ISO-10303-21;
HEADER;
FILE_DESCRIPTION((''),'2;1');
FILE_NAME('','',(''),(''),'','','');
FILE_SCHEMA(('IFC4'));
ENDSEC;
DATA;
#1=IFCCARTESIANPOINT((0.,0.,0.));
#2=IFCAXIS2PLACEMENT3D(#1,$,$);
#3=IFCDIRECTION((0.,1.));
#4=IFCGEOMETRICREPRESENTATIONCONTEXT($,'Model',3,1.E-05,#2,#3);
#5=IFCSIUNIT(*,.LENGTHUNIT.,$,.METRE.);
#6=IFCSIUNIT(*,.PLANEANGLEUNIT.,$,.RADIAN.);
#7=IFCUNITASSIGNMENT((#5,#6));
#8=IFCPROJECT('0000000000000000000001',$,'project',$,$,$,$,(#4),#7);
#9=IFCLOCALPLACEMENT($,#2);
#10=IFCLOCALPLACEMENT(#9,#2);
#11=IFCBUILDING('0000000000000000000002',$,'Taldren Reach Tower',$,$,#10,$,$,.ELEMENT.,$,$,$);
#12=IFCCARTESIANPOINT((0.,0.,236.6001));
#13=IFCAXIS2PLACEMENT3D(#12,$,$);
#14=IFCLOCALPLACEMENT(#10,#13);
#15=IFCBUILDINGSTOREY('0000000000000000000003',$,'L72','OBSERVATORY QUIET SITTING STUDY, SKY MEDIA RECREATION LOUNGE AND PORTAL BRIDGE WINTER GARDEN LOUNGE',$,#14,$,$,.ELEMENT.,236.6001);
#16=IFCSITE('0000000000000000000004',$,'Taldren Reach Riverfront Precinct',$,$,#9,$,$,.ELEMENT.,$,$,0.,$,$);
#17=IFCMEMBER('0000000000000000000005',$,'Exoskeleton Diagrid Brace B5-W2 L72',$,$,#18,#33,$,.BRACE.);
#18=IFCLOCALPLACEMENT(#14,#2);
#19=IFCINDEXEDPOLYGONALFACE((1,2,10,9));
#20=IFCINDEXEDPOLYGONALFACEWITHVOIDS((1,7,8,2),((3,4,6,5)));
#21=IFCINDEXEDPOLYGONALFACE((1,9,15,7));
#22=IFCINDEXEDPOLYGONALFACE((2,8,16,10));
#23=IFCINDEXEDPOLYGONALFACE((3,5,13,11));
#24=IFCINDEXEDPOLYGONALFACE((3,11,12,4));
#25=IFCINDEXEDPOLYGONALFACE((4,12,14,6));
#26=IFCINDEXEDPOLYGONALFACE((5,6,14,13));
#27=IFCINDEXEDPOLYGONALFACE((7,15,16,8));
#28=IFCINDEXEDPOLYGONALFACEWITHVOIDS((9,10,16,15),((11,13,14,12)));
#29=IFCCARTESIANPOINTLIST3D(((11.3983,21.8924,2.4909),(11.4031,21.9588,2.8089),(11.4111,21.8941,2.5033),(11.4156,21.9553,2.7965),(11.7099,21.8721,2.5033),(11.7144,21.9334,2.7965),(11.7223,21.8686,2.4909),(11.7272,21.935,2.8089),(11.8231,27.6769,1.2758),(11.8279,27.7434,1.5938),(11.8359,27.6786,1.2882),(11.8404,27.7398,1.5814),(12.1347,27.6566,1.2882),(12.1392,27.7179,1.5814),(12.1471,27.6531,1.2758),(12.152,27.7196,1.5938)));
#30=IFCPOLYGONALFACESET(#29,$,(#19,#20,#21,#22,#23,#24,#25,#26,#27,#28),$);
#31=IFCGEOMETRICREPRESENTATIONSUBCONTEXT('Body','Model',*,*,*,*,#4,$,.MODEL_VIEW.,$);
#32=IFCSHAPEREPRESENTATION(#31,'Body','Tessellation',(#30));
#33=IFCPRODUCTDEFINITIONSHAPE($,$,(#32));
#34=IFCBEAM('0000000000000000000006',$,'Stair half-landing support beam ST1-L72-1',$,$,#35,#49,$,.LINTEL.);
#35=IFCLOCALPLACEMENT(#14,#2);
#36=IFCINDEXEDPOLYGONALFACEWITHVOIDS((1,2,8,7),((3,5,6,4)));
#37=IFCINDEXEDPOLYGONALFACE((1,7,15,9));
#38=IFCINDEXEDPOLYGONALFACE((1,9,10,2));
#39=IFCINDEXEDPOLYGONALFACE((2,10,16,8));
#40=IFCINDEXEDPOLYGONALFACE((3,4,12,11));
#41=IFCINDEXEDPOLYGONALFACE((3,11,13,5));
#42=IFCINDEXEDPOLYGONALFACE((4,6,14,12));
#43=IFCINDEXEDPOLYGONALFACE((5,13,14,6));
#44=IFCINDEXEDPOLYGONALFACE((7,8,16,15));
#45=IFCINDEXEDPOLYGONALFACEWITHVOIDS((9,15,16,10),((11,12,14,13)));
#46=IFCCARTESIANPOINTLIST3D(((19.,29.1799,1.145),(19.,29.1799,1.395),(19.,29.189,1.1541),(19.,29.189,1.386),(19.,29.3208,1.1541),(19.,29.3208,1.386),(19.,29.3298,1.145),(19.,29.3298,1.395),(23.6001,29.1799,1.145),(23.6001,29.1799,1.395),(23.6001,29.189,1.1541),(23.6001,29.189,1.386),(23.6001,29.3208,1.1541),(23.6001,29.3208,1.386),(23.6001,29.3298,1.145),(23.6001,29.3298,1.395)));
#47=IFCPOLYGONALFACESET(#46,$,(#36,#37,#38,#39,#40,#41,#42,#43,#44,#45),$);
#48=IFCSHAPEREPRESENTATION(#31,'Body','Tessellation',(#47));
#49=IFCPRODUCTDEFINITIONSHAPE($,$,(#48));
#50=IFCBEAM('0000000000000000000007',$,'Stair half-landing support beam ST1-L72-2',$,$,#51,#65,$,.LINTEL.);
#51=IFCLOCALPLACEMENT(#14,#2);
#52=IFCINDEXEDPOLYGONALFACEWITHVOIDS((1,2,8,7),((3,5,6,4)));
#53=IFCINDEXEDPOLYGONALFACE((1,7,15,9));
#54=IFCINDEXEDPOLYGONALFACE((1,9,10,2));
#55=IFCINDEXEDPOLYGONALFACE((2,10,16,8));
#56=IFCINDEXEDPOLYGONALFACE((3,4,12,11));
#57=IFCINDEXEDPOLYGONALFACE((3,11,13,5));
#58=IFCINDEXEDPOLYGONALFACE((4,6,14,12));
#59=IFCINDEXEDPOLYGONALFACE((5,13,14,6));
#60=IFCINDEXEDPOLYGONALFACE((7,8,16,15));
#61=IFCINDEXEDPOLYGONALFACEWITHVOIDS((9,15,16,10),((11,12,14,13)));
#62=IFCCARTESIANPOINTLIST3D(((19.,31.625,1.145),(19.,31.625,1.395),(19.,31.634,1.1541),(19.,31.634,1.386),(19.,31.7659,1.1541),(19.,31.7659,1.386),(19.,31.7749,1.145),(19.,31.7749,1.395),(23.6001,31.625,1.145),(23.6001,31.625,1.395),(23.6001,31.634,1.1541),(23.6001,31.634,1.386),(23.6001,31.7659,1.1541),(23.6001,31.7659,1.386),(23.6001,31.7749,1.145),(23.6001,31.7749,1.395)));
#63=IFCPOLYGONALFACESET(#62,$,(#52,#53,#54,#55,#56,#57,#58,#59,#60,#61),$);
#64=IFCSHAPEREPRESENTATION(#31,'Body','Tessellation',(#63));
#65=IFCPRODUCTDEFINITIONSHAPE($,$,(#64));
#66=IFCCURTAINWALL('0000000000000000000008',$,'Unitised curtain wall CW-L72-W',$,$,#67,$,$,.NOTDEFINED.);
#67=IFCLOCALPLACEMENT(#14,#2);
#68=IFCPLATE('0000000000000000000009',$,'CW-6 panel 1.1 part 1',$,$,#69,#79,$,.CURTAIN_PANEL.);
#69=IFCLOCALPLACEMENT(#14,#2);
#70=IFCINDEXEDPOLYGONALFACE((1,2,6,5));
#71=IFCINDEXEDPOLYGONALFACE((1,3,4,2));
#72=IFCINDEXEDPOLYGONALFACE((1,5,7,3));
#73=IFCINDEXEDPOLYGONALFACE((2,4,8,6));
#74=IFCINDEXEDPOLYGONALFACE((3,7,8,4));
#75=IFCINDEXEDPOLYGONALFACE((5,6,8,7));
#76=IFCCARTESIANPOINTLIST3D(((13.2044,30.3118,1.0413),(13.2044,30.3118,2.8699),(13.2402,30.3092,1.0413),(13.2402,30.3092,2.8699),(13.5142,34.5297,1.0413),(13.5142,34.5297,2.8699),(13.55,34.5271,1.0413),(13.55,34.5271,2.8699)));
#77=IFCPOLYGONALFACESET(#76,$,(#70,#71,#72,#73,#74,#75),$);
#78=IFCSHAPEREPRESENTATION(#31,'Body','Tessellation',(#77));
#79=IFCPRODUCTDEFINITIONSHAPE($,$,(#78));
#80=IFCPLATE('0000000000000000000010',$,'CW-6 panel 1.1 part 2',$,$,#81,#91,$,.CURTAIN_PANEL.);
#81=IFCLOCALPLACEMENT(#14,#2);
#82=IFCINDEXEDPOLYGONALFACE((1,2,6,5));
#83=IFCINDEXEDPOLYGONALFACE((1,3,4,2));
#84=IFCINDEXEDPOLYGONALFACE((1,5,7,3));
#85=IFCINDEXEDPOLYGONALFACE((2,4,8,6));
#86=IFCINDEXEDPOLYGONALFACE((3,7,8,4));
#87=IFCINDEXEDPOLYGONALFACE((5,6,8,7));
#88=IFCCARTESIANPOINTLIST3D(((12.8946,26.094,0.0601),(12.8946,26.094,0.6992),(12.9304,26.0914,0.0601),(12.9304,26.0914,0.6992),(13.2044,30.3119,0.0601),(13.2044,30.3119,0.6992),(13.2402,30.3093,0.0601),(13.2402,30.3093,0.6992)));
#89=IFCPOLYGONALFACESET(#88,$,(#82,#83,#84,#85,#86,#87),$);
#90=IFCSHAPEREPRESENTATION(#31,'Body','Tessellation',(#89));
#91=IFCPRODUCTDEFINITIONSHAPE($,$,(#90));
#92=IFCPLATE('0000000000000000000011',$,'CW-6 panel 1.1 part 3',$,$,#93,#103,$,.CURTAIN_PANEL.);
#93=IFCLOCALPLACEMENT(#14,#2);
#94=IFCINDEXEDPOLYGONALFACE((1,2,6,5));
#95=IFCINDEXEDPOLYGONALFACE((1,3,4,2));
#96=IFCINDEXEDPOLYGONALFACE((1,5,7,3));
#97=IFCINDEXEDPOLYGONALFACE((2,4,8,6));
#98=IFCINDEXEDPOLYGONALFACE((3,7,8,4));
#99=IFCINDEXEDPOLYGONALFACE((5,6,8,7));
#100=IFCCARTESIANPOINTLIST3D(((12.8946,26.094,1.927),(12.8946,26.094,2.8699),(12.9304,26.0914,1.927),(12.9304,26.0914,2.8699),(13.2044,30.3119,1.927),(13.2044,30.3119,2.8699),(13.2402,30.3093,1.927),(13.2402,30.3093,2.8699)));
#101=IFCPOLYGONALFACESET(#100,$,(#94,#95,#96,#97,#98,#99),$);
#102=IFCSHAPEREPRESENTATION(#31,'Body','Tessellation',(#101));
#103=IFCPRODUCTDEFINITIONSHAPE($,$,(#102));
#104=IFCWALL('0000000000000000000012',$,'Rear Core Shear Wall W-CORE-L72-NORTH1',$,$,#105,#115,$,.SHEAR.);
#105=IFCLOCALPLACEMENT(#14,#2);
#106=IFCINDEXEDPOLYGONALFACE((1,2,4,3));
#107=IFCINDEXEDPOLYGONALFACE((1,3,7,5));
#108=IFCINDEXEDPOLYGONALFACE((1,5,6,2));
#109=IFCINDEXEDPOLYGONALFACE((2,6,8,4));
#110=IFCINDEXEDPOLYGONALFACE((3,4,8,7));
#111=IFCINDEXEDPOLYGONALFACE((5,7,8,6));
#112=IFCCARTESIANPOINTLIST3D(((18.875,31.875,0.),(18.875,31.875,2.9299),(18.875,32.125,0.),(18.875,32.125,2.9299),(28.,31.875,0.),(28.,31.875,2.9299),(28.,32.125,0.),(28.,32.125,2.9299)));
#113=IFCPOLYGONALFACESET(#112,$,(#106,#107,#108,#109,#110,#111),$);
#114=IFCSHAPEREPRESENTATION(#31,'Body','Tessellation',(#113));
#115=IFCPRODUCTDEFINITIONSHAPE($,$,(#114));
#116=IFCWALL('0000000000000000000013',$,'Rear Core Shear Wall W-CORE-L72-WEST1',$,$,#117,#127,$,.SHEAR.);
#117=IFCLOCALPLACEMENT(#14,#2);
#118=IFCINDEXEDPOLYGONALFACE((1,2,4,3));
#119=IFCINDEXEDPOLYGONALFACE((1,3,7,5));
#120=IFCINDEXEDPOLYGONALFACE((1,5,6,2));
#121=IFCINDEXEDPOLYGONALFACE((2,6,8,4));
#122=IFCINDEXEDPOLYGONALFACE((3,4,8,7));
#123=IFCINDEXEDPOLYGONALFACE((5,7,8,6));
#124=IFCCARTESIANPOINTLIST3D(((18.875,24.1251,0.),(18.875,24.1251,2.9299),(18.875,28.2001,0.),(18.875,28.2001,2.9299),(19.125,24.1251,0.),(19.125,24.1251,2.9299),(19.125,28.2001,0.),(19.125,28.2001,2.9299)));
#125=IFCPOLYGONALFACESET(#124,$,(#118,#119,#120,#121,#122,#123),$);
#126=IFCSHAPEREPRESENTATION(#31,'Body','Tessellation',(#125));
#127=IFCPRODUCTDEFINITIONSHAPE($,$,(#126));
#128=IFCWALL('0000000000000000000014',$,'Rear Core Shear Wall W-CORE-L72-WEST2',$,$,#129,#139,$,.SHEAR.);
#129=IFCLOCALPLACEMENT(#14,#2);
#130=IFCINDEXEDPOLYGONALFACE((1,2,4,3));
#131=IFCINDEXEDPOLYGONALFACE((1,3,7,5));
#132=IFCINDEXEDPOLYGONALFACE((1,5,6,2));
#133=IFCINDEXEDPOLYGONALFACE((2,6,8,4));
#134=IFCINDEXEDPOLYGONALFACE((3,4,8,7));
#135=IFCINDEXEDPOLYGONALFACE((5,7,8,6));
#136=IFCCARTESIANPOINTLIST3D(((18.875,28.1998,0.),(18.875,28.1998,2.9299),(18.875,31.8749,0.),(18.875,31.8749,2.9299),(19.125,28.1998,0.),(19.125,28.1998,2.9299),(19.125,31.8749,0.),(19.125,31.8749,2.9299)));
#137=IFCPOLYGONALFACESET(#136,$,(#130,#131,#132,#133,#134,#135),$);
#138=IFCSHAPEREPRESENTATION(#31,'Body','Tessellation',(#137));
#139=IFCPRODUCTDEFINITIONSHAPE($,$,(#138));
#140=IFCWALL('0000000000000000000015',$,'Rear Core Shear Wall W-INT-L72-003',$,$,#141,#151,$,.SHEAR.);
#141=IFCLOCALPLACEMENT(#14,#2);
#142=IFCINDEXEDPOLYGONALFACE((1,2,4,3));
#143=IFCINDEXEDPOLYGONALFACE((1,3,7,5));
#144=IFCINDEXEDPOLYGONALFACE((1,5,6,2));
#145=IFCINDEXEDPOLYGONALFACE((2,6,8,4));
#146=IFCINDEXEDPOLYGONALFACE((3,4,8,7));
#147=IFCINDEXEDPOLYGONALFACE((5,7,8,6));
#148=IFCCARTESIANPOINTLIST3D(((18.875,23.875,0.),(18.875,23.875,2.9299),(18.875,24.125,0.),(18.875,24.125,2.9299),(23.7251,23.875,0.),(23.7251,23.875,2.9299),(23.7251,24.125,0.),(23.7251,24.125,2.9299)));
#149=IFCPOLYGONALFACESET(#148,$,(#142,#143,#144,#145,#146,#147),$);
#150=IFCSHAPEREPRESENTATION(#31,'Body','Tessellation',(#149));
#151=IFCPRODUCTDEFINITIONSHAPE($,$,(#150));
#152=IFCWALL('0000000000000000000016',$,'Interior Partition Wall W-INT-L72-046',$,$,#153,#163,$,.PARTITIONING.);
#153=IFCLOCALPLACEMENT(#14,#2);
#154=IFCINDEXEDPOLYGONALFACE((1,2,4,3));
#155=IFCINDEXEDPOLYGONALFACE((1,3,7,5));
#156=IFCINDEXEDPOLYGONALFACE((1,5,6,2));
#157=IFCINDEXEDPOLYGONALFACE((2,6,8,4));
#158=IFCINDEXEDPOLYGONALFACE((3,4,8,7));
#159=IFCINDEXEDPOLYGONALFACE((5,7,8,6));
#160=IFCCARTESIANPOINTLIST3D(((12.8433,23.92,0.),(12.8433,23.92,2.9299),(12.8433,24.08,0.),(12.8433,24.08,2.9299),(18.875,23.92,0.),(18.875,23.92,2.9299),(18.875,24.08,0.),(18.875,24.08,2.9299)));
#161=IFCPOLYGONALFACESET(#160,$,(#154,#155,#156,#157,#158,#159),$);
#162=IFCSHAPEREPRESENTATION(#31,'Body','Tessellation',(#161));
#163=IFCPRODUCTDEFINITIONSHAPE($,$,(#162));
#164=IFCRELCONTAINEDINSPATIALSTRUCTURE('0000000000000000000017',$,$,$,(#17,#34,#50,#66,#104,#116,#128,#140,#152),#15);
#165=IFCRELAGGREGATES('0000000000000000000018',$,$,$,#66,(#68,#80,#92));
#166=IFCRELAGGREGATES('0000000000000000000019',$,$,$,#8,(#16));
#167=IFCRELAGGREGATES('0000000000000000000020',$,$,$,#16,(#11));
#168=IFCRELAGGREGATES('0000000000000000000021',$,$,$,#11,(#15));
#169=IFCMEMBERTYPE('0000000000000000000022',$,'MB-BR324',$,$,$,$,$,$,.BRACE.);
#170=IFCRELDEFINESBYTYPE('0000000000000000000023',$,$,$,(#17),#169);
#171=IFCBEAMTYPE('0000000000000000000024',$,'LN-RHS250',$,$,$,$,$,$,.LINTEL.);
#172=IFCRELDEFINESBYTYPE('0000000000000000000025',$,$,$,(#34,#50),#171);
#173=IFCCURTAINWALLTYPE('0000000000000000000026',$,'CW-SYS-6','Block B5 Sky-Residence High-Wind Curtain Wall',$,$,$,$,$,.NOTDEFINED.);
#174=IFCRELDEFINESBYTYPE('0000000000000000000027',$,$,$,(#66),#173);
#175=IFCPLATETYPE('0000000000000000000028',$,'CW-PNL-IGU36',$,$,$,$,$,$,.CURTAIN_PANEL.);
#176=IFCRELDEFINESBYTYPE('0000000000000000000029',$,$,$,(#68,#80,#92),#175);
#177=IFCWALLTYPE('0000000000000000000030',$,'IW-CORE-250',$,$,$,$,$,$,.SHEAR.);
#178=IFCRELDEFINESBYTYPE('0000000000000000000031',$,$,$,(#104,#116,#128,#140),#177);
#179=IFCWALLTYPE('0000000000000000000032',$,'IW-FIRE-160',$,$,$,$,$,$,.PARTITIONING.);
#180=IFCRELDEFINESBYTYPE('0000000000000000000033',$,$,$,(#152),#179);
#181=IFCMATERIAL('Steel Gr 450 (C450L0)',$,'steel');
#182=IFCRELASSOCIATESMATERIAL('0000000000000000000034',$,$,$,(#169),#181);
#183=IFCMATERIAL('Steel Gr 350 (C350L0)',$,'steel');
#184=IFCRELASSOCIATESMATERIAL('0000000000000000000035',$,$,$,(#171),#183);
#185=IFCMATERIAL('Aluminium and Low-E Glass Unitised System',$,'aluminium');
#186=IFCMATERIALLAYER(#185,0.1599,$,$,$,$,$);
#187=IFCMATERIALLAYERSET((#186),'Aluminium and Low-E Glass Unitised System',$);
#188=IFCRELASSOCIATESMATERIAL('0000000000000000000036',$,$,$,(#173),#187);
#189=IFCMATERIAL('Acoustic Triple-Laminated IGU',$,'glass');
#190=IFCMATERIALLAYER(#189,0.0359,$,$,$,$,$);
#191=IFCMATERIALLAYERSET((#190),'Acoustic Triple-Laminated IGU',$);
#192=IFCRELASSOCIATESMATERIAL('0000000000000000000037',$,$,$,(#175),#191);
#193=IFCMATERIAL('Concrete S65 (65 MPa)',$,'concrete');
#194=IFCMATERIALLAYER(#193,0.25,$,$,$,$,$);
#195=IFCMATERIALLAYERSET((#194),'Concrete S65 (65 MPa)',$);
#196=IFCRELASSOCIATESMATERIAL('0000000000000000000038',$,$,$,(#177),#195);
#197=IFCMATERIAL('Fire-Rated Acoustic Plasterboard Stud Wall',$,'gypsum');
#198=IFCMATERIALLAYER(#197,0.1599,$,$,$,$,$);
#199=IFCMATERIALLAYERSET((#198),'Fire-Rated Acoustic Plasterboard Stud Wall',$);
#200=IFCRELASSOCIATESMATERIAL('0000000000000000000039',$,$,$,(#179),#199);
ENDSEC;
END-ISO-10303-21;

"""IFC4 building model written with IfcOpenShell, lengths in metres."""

from ifc_helpers import new_model, si_unit, direction, frame, frame_2d, origin, origin_2d, place, context, subcontext, project, spatial, rectangle, hollow_rectangle, extrude, source, transform, mapped, material, layer, layer_set, material_profile, profile_set, type_object, element, aggregate, save


model = new_model("IFC4")

# Units and contexts
model_context = context("Model", 3, precision=1e-05, world=origin(), true_north=direction((0.0, 1.0)))
body_context = subcontext(model_context, "Body", "Model", "MODEL_VIEW")
ifc_project = project(units=[si_unit("LENGTHUNIT", "METRE"), si_unit("PLANEANGLEUNIT", "RADIAN")], contexts=[model_context])

# Site, building, storey
site_placement = place(None, origin())
site = spatial("IfcSite", under=ifc_project, at=site_placement, Name="Taldren Reach Riverfront Precinct", CompositionType="ELEMENT", RefElevation=0.0)
building_placement = place(site_placement, origin())
building = spatial("IfcBuilding", under=site, at=building_placement, Name="Taldren Reach Tower", CompositionType="ELEMENT")
storey_placement = place(building_placement, frame((0.0, 0.0, 236.6001)))
storey = spatial("IfcBuildingStorey", under=building, at=storey_placement, Name="L72", Description="OBSERVATORY QUIET SITTING STUDY, SKY MEDIA RECREATION LOUNGE AND PORTAL BRIDGE WINTER GARDEN LOUNGE", CompositionType="ELEMENT", Elevation=236.6001)

# Shared definitions
ifc_material_1 = material(Name="Steel Gr 450 (C450L0)", Category="steel")

# Member
ifc_material_profile_1 = material_profile(ifc_material_1, hollow_rectangle(XDim=0.325, YDim=0.325, WallThickness=0.0127, at=origin_2d()), Name="325x325x12.7SHS")
ifc_profile_set_1 = profile_set([ifc_material_profile_1], Name="Steel Gr 450 (C450L0)")
member_type = type_object("IfcMemberType", Name="MB-BR324", PredefinedType="BRACE", material=ifc_profile_set_1)
shared_shape_1 = source(origin(), body_context, "Body", "SweptSolid", [
    extrude(hollow_rectangle(XDim=0.325, YDim=0.325, WallThickness=0.0127, at=origin_2d()), origin(), (0.0, 0.0, 1.0), 5.926),
])
member_placement = place(storey_placement, frame((11.9875, 27.6982, 1.4348), z_axis=(-0.071686, -0.976123, 0.205046), x_axis=(0.997314, -0.073242, 0.0)))
element("IfcMember", 1, at=member_placement, inside=storey, type_object=member_type, Name="Exoskeleton Diagrid Brace B5-W2 L72", PredefinedType="BRACE", context=body_context, shape_type="MappedRepresentation", body=[
    mapped(shared_shape_1, transform((0.0, 0.0, 0.0), scale=1.0)),
])

# Beams
ifc_material_2 = material(Name="Steel Gr 350 (C350L0)", Category="steel")
ifc_material_profile_2 = material_profile(ifc_material_2, hollow_rectangle(XDim=0.1499, YDim=0.25, WallThickness=0.009, at=origin_2d()), Name="250x150x9.0RHS")
ifc_profile_set_2 = profile_set([ifc_material_profile_2], Name="Steel Gr 350 (C350L0)")
beam_type_1 = type_object("IfcBeamType", Name="LN-RHS250", PredefinedType="LINTEL", material=ifc_profile_set_2)
shared_shape_2 = source(origin(), body_context, "Body", "SweptSolid", [
    extrude(hollow_rectangle(XDim=0.1499, YDim=0.25, WallThickness=0.009, at=origin_2d()), origin(), (0.0, 0.0, 1.0), 4.6001),
])
for number, where, z_axis, x_axis, name in (
    (2, (19.0, 29.2549, 1.27), (1.0, 0.0, 0.0), (0.0, 1.0, 0.0), "Stair half-landing support beam ST1-L72-1"),
    (3, (19.0, 31.7, 1.27), (1.0, 0.0, 0.0), (0.0, 1.0, 0.0), "Stair half-landing support beam ST1-L72-2"),
):
    element("IfcBeam", number, at=place(storey_placement, frame(where, z_axis=z_axis, x_axis=x_axis)), inside=storey, type_object=beam_type_1, Name=name, PredefinedType="LINTEL", context=body_context, shape_type="MappedRepresentation", body=[
        mapped(shared_shape_2, transform((0.0, 0.0, 0.0), scale=1.0)),
    ])

# Curtain wall, plates
ifc_material_3 = material(Name="Aluminium and Low-E Glass Unitised System", Category="aluminium")
ifc_layer_1 = layer(ifc_material_3, 0.1599)
ifc_layer_set_1 = layer_set([ifc_layer_1], Name="Aluminium and Low-E Glass Unitised System")
curtain_wall_type = type_object("IfcCurtainWallType", Name="CW-SYS-6", Description="Block B5 Sky-Residence High-Wind Curtain Wall", PredefinedType="NOTDEFINED", material=ifc_layer_set_1)
curtain_wall_placement = place(storey_placement, origin())
curtain_wall = element("IfcCurtainWall", 4, at=curtain_wall_placement, inside=storey, type_object=curtain_wall_type, Name="Unitised curtain wall CW-L72-W", PredefinedType="NOTDEFINED")
ifc_material_4 = material(Name="Acoustic Triple-Laminated IGU", Category="glass")
ifc_layer_2 = layer(ifc_material_4, 0.0359)
ifc_layer_set_2 = layer_set([ifc_layer_2], Name="Acoustic Triple-Laminated IGU")
plate_type = type_object("IfcPlateType", Name="CW-PNL-IGU36", PredefinedType="CURTAIN_PANEL", material=ifc_layer_set_2)
shared_shape_3 = source(origin(), body_context, "Body", "SweptSolid", [
    extrude(rectangle(XDim=4.2292, YDim=0.0359, at=origin_2d()), origin(), (0.0, 0.0, 1.0), 1.8286),
])
plate_1_placement = place(storey_placement, frame((13.3772, 32.4194, 1.0413), z_axis=(0.0, 0.0, 1.0), x_axis=(-0.073238, -0.997314, 0.0)))
plate_1 = element("IfcPlate", 5, at=plate_1_placement, type_object=plate_type, Name="CW-6 panel 1.1 part 1", PredefinedType="CURTAIN_PANEL", context=body_context, shape_type="MappedRepresentation", body=[
    mapped(shared_shape_3, transform((0.0, 0.0, 0.0), scale=1.0)),
])
shared_shape_4 = source(origin(), body_context, "Body", "SweptSolid", [
    extrude(rectangle(XDim=4.2292, YDim=0.0359, at=origin_2d()), origin(), (0.0, 0.0, 1.0), 0.6392),
])
plate_2_placement = place(storey_placement, frame((13.0674, 28.2017, 0.0601), z_axis=(0.0, 0.0, 1.0), x_axis=(-0.073238, -0.997314, 0.0)))
plate_2 = element("IfcPlate", 6, at=plate_2_placement, type_object=plate_type, Name="CW-6 panel 1.1 part 2", PredefinedType="CURTAIN_PANEL", context=body_context, shape_type="MappedRepresentation", body=[
    mapped(shared_shape_4, transform((0.0, 0.0, 0.0), scale=1.0)),
])
shared_shape_5 = source(origin(), body_context, "Body", "SweptSolid", [
    extrude(rectangle(XDim=4.2292, YDim=0.0359, at=origin_2d()), origin(), (0.0, 0.0, 1.0), 0.9429),
])
plate_3_placement = place(storey_placement, frame((13.0674, 28.2017, 1.927), z_axis=(0.0, 0.0, 1.0), x_axis=(-0.073238, -0.997314, 0.0)))
plate_3 = element("IfcPlate", 7, at=plate_3_placement, type_object=plate_type, Name="CW-6 panel 1.1 part 3", PredefinedType="CURTAIN_PANEL", context=body_context, shape_type="MappedRepresentation", body=[
    mapped(shared_shape_5, transform((0.0, 0.0, 0.0), scale=1.0)),
])
aggregate(curtain_wall, [plate_1, plate_2, plate_3])

# Walls
ifc_material_5 = material(Name="Concrete S65 (65 MPa)", Category="concrete")
ifc_layer_3 = layer(ifc_material_5, 0.25)
ifc_layer_set_3 = layer_set([ifc_layer_3], Name="Concrete S65 (65 MPa)")
wall_type_1 = type_object("IfcWallType", Name="IW-CORE-250", PredefinedType="SHEAR", material=ifc_layer_set_3)
shared_shape_6 = source(origin(), body_context, "Body", "SweptSolid", [
    extrude(rectangle(XDim=9.125, YDim=0.25, at=frame_2d((4.5625, 0.0))), origin(), (0.0, 0.0, 1.0), 2.9299),
])
wall_1_placement = place(storey_placement, frame((18.875, 32.0, 0.0), z_axis=(0.0, 0.0, 1.0), x_axis=(1.0, 0.0, 0.0)))
element("IfcWall", 8, at=wall_1_placement, inside=storey, type_object=wall_type_1, Name="Rear Core Shear Wall W-CORE-L72-NORTH1", PredefinedType="SHEAR", context=body_context, shape_type="MappedRepresentation", body=[
    mapped(shared_shape_6, transform((0.0, 0.0, 0.0), scale=1.0)),
])
shared_shape_7 = source(origin(), body_context, "Body", "SweptSolid", [
    extrude(rectangle(XDim=4.075, YDim=0.25, at=frame_2d((2.0376, 0.0))), origin(), (0.0, 0.0, 1.0), 2.9299),
])
wall_2_placement = place(storey_placement, frame((19.0, 24.125, 0.0), z_axis=(0.0, 0.0, 1.0), x_axis=(0.0, 1.0, 0.0)))
element("IfcWall", 9, at=wall_2_placement, inside=storey, type_object=wall_type_1, Name="Rear Core Shear Wall W-CORE-L72-WEST1", PredefinedType="SHEAR", context=body_context, shape_type="MappedRepresentation", body=[
    mapped(shared_shape_7, transform((0.0, 0.0, 0.0), scale=1.0)),
])
shared_shape_8 = source(origin(), body_context, "Body", "SweptSolid", [
    extrude(rectangle(XDim=3.675, YDim=0.25, at=frame_2d((1.8374, 0.0))), origin(), (0.0, 0.0, 1.0), 2.9299),
])
wall_3_placement = place(storey_placement, frame((19.0, 28.2, 0.0), z_axis=(0.0, 0.0, 1.0), x_axis=(0.0, 1.0, 0.0)))
element("IfcWall", 10, at=wall_3_placement, inside=storey, type_object=wall_type_1, Name="Rear Core Shear Wall W-CORE-L72-WEST2", PredefinedType="SHEAR", context=body_context, shape_type="MappedRepresentation", body=[
    mapped(shared_shape_8, transform((0.0, 0.0, 0.0), scale=1.0)),
])
shared_shape_9 = source(origin(), body_context, "Body", "SweptSolid", [
    extrude(rectangle(XDim=4.8501, YDim=0.25, at=frame_2d((2.425, 0.0))), origin(), (0.0, 0.0, 1.0), 2.9299),
])
wall_4_placement = place(storey_placement, frame((18.875, 24.0, 0.0), z_axis=(0.0, 0.0, 1.0), x_axis=(1.0, 0.0, 0.0)))
element("IfcWall", 11, at=wall_4_placement, inside=storey, type_object=wall_type_1, Name="Rear Core Shear Wall W-INT-L72-003", PredefinedType="SHEAR", context=body_context, shape_type="MappedRepresentation", body=[
    mapped(shared_shape_9, transform((0.0, 0.0, 0.0), scale=1.0)),
])
ifc_material_6 = material(Name="Fire-Rated Acoustic Plasterboard Stud Wall", Category="gypsum")
ifc_layer_4 = layer(ifc_material_6, 0.1599)
ifc_layer_set_4 = layer_set([ifc_layer_4], Name="Fire-Rated Acoustic Plasterboard Stud Wall")
wall_type_2 = type_object("IfcWallType", Name="IW-FIRE-160", PredefinedType="PARTITIONING", material=ifc_layer_set_4)
shared_shape_10 = source(origin(), body_context, "Body", "SweptSolid", [
    extrude(rectangle(XDim=6.0317, YDim=0.1599, at=frame_2d((3.0159, 0.0))), origin(), (0.0, 0.0, 1.0), 2.9299),
])
wall_5_placement = place(storey_placement, frame((12.8433, 24.0, 0.0), z_axis=(0.0, 0.0, 1.0), x_axis=(1.0, 0.0, 0.0)))
element("IfcWall", 12, at=wall_5_placement, inside=storey, type_object=wall_type_2, Name="Interior Partition Wall W-INT-L72-046", PredefinedType="PARTITIONING", context=body_context, shape_type="MappedRepresentation", body=[
    mapped(shared_shape_10, transform((0.0, 0.0, 0.0), scale=1.0)),
])

save(model, "model.ifc")
